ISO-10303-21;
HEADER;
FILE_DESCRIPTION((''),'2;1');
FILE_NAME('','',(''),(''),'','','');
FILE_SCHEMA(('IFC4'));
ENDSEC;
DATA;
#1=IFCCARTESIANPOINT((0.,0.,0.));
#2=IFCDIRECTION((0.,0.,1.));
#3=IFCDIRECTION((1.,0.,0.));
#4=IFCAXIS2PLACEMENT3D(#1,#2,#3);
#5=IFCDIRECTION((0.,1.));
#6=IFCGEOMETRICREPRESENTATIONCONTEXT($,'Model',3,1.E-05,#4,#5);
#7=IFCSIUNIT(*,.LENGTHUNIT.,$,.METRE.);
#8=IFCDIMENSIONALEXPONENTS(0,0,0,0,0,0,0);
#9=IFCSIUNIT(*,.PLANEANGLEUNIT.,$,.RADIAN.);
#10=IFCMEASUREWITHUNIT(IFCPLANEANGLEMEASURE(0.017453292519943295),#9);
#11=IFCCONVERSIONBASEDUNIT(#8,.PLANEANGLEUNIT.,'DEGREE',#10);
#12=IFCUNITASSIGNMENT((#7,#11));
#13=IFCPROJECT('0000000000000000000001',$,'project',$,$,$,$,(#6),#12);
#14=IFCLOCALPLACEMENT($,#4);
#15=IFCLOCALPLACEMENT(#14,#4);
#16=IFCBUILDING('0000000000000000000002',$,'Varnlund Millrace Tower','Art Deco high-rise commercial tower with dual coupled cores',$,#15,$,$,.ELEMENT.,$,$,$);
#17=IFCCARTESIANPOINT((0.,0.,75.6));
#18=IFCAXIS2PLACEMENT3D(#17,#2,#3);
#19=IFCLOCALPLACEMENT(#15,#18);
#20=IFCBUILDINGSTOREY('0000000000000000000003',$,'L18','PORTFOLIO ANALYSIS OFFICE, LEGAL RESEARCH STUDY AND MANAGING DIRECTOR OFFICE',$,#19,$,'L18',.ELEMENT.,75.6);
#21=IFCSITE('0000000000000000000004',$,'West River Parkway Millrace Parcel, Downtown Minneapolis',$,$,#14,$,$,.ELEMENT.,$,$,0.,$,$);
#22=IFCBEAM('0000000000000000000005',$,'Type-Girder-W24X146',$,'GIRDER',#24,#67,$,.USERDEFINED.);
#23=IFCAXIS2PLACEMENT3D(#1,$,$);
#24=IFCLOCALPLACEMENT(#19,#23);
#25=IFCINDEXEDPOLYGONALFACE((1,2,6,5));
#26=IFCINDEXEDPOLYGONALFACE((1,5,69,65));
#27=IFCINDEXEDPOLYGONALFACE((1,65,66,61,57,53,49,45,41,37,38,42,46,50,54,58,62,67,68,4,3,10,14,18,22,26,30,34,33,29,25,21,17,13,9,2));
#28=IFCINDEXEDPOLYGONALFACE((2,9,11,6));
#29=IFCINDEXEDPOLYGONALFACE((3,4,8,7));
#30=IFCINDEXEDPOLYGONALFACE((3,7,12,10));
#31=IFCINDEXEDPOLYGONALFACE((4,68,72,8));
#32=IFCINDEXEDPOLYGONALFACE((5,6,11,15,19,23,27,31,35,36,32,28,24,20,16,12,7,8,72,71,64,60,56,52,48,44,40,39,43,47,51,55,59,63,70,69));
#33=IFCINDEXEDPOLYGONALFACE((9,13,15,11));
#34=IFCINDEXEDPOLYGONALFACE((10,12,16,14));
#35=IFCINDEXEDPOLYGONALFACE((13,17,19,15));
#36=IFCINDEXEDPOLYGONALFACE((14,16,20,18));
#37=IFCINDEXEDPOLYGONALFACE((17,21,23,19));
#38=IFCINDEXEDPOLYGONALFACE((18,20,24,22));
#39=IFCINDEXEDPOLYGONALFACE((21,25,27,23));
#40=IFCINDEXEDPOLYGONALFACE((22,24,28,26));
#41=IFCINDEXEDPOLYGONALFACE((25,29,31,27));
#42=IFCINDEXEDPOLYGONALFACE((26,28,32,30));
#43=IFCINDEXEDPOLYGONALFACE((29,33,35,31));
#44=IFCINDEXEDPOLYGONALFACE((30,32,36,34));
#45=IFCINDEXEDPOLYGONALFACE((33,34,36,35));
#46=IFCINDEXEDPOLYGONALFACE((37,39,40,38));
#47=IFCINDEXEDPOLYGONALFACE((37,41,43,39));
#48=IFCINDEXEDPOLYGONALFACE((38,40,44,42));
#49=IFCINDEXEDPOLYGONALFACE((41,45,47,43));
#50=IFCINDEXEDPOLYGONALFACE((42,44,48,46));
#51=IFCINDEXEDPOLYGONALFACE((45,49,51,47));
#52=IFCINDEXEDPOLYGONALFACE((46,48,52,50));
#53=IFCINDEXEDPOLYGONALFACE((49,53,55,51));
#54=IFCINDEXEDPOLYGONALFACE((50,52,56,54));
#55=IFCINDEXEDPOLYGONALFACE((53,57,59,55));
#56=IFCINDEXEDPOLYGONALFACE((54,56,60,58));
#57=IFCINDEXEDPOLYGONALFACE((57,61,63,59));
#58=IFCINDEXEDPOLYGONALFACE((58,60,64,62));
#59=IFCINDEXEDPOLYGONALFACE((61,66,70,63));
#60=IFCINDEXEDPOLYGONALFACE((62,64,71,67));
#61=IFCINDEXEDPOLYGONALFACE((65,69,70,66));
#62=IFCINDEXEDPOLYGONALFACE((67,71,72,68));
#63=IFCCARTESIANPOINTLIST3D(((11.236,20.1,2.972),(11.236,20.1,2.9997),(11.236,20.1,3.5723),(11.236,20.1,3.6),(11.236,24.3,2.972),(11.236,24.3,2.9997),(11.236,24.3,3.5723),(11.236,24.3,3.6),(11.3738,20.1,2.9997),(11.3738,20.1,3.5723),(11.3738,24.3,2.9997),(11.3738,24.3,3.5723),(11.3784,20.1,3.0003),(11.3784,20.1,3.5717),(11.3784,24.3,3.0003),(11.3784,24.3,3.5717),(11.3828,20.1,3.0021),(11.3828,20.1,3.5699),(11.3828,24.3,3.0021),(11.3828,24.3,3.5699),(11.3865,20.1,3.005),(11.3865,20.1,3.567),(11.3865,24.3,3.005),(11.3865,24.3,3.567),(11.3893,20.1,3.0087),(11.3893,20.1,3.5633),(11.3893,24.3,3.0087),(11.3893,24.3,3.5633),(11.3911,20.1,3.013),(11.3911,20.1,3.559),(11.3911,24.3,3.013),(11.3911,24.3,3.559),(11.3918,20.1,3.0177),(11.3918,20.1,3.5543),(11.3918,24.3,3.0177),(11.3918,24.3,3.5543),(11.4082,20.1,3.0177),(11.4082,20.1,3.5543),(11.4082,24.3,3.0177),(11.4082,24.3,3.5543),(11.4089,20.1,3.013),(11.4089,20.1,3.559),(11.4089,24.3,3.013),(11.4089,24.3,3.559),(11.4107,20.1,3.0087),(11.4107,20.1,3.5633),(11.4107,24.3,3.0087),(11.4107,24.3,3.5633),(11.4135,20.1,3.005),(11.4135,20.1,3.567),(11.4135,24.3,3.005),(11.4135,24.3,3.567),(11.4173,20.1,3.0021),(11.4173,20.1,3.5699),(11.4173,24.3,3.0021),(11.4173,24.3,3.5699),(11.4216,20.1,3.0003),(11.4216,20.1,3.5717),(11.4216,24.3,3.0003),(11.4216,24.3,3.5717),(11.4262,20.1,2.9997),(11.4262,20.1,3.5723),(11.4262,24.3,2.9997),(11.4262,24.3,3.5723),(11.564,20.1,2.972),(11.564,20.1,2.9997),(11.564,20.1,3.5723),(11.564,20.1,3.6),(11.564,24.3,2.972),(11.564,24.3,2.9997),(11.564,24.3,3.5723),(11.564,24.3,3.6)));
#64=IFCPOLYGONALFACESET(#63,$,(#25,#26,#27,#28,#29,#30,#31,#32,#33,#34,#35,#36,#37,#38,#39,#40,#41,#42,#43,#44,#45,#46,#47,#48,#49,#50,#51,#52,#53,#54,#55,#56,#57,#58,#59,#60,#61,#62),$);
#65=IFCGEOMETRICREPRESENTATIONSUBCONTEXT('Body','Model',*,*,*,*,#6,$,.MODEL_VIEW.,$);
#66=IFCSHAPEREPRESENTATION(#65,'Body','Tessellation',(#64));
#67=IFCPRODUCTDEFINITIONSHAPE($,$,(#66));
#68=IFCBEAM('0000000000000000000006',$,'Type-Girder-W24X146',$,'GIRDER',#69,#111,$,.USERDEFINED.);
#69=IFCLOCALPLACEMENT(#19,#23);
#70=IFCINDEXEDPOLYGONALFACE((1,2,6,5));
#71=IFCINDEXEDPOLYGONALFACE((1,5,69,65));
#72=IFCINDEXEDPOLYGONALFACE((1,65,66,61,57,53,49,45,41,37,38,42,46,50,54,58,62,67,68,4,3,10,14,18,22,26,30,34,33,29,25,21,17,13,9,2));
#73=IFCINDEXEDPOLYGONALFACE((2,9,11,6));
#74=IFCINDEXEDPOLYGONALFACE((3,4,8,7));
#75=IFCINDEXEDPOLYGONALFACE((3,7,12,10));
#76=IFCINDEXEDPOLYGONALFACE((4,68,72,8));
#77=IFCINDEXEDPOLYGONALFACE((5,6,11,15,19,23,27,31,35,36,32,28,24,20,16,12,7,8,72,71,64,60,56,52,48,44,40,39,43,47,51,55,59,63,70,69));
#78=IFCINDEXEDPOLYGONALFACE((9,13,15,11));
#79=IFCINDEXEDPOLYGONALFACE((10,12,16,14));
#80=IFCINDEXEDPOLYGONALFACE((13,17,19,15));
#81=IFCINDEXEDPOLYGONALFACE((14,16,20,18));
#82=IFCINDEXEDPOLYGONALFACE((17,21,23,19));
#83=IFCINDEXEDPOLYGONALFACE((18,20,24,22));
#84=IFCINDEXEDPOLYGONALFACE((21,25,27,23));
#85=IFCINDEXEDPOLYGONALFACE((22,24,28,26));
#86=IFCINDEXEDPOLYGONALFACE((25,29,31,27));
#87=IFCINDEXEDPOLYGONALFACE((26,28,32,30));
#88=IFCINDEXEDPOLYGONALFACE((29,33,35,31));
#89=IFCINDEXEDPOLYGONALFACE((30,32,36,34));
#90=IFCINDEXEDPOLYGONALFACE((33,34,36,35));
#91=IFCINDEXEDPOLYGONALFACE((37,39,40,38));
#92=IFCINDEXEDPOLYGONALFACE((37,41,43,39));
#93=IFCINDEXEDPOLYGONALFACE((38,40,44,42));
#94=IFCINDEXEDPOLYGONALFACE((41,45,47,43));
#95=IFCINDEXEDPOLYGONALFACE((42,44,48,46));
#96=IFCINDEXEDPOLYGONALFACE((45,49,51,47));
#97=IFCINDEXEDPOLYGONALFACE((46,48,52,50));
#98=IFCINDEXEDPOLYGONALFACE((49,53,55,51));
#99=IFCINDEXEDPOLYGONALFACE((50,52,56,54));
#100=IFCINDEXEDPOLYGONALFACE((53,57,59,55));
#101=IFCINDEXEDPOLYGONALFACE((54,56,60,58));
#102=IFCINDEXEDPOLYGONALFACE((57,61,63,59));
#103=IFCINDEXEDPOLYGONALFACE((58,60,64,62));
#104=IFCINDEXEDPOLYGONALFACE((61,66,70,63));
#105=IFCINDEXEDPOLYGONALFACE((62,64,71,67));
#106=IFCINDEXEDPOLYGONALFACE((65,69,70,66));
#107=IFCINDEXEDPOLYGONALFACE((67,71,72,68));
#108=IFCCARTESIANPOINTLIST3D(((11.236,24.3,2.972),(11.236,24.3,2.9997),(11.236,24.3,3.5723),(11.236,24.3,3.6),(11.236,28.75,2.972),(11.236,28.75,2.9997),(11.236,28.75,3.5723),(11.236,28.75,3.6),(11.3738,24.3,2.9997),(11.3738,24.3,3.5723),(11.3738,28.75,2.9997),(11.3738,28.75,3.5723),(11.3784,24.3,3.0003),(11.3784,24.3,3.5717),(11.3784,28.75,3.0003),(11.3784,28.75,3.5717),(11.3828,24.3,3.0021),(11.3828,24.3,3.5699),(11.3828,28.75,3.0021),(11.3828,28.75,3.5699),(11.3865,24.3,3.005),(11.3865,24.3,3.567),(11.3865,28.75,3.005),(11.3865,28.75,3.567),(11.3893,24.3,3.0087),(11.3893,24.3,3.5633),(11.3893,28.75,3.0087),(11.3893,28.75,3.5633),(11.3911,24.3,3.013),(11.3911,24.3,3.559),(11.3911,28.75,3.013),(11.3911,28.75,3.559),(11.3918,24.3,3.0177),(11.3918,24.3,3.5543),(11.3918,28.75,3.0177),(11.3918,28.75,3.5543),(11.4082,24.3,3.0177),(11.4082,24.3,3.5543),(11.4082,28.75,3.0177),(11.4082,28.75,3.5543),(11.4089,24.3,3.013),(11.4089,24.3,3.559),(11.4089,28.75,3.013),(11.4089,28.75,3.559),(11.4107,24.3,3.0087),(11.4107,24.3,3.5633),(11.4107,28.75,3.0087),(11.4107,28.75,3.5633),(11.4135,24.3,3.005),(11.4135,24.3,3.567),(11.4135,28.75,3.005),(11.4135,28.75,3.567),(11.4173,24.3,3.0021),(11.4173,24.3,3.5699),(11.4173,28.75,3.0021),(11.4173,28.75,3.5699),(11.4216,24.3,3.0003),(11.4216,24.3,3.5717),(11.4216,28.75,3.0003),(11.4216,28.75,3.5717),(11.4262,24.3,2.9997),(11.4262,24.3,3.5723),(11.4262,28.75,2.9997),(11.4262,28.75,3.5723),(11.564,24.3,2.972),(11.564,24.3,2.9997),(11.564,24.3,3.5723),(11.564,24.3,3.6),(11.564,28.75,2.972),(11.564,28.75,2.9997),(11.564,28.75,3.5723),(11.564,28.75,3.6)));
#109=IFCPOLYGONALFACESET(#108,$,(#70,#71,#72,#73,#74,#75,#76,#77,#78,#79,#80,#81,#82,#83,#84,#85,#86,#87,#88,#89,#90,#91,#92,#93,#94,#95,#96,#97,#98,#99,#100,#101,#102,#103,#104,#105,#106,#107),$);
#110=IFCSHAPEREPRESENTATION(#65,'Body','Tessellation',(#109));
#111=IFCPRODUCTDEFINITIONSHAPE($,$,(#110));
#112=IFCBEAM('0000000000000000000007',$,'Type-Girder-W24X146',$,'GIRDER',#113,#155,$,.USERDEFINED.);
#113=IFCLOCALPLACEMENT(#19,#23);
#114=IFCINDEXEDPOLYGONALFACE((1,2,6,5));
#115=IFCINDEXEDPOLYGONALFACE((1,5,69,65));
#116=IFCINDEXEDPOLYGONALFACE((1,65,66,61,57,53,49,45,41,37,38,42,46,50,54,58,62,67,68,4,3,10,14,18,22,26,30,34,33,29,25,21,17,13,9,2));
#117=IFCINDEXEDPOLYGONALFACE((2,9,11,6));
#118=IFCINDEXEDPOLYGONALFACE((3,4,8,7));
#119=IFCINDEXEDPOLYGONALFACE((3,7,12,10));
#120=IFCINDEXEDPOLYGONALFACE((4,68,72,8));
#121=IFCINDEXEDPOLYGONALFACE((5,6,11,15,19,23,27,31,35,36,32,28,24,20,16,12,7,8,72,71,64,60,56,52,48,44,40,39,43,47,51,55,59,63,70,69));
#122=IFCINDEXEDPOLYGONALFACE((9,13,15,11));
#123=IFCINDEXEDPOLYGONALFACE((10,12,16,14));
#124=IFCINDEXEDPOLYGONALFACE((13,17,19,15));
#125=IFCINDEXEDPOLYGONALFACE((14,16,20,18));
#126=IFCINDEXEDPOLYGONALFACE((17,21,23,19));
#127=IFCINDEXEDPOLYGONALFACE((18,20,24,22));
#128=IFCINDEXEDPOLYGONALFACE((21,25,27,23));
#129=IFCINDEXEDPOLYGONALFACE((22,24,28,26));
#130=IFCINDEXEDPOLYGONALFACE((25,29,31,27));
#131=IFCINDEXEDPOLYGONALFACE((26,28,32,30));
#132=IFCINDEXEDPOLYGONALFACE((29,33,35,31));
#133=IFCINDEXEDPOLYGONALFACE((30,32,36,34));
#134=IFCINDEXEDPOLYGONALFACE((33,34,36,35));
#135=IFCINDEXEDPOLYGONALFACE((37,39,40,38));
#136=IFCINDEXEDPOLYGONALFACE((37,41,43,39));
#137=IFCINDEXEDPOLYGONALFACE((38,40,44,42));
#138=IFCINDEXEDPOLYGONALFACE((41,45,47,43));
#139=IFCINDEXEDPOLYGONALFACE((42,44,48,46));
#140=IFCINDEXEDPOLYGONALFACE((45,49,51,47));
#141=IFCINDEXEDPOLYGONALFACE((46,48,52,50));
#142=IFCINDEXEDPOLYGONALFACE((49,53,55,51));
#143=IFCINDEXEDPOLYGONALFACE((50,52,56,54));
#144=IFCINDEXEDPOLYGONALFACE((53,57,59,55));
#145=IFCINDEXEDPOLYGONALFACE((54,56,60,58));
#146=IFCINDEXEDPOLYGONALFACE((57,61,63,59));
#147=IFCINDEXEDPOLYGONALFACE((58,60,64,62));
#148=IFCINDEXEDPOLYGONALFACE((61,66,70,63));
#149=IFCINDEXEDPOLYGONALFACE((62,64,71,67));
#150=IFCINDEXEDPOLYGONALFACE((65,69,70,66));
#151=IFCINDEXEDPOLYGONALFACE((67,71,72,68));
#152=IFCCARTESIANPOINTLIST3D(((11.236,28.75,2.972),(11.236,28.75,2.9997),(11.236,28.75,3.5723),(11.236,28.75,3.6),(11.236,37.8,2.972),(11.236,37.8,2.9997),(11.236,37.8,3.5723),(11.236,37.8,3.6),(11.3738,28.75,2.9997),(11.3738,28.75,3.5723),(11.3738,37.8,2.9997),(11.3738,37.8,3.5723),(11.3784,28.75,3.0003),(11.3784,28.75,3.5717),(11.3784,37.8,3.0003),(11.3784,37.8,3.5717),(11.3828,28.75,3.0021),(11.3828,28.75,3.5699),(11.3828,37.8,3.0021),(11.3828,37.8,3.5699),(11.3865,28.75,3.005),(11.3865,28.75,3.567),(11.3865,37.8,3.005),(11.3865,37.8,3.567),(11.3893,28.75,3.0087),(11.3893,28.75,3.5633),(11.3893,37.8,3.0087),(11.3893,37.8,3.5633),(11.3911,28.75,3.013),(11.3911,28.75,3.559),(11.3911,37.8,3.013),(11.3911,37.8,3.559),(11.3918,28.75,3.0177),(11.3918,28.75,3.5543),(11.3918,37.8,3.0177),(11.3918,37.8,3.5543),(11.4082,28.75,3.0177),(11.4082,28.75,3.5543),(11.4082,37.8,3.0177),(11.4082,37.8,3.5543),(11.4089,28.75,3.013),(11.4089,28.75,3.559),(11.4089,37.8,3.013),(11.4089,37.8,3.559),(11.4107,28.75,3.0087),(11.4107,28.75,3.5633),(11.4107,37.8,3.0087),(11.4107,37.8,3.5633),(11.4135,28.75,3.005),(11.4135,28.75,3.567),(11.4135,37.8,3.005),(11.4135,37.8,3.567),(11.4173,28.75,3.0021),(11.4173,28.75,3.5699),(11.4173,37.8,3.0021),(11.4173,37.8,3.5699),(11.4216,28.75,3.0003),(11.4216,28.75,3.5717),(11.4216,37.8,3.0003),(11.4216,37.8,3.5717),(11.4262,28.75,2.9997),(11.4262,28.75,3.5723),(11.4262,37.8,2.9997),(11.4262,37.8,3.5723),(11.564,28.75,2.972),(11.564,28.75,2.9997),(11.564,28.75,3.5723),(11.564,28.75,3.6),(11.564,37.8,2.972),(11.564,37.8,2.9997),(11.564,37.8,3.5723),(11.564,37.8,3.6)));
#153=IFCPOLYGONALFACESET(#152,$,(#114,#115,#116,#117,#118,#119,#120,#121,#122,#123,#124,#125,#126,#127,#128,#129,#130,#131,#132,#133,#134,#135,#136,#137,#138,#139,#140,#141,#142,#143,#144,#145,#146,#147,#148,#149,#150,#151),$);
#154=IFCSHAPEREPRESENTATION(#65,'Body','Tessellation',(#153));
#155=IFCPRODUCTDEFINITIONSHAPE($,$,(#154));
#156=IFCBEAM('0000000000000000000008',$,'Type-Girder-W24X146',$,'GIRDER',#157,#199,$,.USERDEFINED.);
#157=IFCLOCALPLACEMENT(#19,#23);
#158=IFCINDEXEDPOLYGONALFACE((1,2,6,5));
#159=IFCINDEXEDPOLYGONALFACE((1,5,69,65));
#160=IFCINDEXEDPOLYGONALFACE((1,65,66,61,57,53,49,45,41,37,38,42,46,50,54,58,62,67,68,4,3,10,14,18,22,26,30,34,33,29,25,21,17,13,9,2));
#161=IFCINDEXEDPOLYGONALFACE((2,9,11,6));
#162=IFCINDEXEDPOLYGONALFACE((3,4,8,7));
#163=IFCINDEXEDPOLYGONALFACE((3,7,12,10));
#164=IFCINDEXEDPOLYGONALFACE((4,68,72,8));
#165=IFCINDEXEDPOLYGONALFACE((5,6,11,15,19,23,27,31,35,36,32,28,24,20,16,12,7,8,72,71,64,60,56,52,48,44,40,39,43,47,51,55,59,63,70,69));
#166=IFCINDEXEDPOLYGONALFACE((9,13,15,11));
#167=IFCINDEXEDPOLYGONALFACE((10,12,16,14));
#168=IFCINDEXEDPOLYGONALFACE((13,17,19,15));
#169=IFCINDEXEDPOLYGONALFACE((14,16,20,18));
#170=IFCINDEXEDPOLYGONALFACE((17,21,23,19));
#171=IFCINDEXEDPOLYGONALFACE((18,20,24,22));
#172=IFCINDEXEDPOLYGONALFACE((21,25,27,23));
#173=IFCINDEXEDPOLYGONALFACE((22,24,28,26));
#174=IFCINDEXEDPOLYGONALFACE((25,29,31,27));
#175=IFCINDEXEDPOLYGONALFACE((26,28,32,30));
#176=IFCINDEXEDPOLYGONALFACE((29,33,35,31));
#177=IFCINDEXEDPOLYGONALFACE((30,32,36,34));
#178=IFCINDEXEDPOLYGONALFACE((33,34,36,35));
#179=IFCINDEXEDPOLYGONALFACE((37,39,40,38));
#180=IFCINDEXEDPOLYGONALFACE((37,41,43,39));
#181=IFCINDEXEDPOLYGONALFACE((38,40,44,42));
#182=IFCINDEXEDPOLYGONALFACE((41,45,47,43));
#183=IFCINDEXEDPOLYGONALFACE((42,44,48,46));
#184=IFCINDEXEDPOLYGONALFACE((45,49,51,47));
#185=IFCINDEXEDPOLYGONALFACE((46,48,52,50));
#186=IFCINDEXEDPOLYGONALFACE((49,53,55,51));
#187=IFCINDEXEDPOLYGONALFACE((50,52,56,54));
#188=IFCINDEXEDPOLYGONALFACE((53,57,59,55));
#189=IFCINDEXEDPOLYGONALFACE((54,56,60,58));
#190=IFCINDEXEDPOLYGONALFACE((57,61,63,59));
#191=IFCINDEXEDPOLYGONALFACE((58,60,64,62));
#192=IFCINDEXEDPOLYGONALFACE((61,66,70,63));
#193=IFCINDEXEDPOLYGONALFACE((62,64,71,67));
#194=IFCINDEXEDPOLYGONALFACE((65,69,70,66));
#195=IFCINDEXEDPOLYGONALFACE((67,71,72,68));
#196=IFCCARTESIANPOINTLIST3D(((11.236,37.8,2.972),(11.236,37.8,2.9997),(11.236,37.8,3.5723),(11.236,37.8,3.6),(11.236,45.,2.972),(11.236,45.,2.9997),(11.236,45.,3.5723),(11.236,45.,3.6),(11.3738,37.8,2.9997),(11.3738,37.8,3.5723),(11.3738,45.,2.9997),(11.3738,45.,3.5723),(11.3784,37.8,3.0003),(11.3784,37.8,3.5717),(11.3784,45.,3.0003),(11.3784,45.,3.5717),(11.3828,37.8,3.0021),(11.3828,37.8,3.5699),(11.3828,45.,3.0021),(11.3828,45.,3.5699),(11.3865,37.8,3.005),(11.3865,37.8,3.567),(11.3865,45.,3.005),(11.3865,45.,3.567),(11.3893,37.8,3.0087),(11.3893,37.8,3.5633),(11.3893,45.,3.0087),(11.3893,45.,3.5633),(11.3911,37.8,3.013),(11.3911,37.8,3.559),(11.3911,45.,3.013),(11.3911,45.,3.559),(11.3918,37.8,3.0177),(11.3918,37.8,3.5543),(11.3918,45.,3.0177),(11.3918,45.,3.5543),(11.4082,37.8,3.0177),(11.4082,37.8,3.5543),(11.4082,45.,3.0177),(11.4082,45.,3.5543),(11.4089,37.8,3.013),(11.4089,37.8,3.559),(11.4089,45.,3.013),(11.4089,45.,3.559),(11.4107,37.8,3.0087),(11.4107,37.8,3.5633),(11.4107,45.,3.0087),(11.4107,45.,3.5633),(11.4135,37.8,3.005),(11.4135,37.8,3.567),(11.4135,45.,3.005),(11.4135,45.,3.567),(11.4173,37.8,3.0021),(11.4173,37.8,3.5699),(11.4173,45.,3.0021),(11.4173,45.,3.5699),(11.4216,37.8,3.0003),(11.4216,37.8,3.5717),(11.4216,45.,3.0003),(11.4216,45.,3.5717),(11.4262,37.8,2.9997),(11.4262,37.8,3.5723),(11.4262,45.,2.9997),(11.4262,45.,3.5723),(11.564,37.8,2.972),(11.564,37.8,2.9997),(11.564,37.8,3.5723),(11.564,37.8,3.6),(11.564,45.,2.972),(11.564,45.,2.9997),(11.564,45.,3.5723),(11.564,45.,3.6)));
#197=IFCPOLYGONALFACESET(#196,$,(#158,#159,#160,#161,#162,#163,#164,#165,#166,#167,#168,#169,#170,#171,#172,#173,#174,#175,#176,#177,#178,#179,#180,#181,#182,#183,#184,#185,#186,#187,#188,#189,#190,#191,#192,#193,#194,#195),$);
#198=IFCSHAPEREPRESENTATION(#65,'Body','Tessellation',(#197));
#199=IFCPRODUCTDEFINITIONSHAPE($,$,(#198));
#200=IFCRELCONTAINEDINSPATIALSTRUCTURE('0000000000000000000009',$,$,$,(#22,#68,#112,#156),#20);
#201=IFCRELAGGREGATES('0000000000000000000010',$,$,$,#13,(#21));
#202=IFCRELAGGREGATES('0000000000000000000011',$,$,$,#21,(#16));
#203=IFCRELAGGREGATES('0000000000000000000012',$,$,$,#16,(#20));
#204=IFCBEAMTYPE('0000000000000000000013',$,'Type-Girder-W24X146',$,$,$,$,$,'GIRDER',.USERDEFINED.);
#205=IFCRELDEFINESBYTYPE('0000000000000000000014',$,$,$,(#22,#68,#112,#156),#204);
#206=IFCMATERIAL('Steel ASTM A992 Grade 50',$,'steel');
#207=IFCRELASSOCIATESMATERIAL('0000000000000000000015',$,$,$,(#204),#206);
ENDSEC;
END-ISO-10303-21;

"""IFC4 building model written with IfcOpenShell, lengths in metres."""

from ifc_helpers import new_model, entity, si_unit, converted_unit, direction, frame, origin_with_axes, origin_2d_with_axis, place, context, subcontext, project, spatial, i_section, extrude, material, material_profile, profile_set, type_object, element, save


model = new_model("IFC4")

# Units and contexts
model_context = context("Model", 3, precision=1e-05, world=origin_with_axes(), true_north=direction((0.0, 1.0)))
body_context = subcontext(model_context, "Body", "Model", "MODEL_VIEW")
ifc_project = project(units=[si_unit("LENGTHUNIT", "METRE"), converted_unit("PLANEANGLEUNIT", "DEGREE", entity("IfcPlaneAngleMeasure", 0.017453292519943295), si_unit("PLANEANGLEUNIT", "RADIAN"), dimensions=[0, 0, 0, 0, 0, 0, 0])], contexts=[model_context])

# Site, building, storey
site_placement = place(None, origin_with_axes())
site = spatial("IfcSite", under=ifc_project, at=site_placement, Name="West River Parkway Millrace Parcel, Downtown Minneapolis", CompositionType="ELEMENT", RefElevation=0.0)
building_placement = place(site_placement, origin_with_axes())
building = spatial("IfcBuilding", under=site, at=building_placement, Name="Varnlund Millrace Tower", Description="Art Deco high-rise commercial tower with dual coupled cores", CompositionType="ELEMENT")
storey_placement = place(building_placement, frame((0.0, 0.0, 75.6), z_axis=(0.0, 0.0, 1.0), x_axis=(1.0, 0.0, 0.0)))
storey = spatial("IfcBuildingStorey", under=building, at=storey_placement, Name="L18", Description="PORTFOLIO ANALYSIS OFFICE, LEGAL RESEARCH STUDY AND MANAGING DIRECTOR OFFICE", LongName="L18", CompositionType="ELEMENT", Elevation=75.6)

# Beams
ifc_material_1 = material(Name="Steel ASTM A992 Grade 50", Category="steel")
ifc_material_profile_1 = material_profile(ifc_material_1, i_section(OverallWidth=0.328, OverallDepth=0.628, WebThickness=0.0165, FlangeThickness=0.0277, FilletRadius=0.018, at=origin_2d_with_axis()), Name="Steel ASTM A992 Grade 50")
ifc_profile_set_1 = profile_set([ifc_material_profile_1], Name="Steel ASTM A992 Grade 50")
beam_type_1 = type_object("IfcBeamType", Name="Type-Girder-W24X146", ElementType="GIRDER", PredefinedType="USERDEFINED", material=ifc_profile_set_1)
beam_1_placement = place(storey_placement, frame((11.4, 20.1, 3.286), z_axis=(0.0, 1.0, 0.0), x_axis=(-1.0, 0.0, 0.0)))
element("IfcBeam", 1, at=beam_1_placement, inside=storey, type_object=beam_type_1, Name="Type-Girder-W24X146", ObjectType="GIRDER", PredefinedType="USERDEFINED", context=body_context, shape_type="SweptSolid", body=[
    extrude(i_section(OverallWidth=0.328, OverallDepth=0.628, WebThickness=0.0165, FlangeThickness=0.0277, FilletRadius=0.018, at=origin_2d_with_axis()), origin_with_axes(), (0.0, 0.0, 1.0), 4.2),
])
beam_2_placement = place(storey_placement, frame((11.4, 24.3, 3.286), z_axis=(0.0, 1.0, 0.0), x_axis=(-1.0, 0.0, 0.0)))
element("IfcBeam", 2, at=beam_2_placement, inside=storey, type_object=beam_type_1, Name="Type-Girder-W24X146", ObjectType="GIRDER", PredefinedType="USERDEFINED", context=body_context, shape_type="SweptSolid", body=[
    extrude(i_section(OverallWidth=0.328, OverallDepth=0.628, WebThickness=0.0165, FlangeThickness=0.0277, FilletRadius=0.018, at=origin_2d_with_axis()), origin_with_axes(), (0.0, 0.0, 1.0), 4.45),
])
beam_3_placement = place(storey_placement, frame((11.4, 28.75, 3.286), z_axis=(0.0, 1.0, 0.0), x_axis=(-1.0, 0.0, 0.0)))
element("IfcBeam", 3, at=beam_3_placement, inside=storey, type_object=beam_type_1, Name="Type-Girder-W24X146", ObjectType="GIRDER", PredefinedType="USERDEFINED", context=body_context, shape_type="SweptSolid", body=[
    extrude(i_section(OverallWidth=0.328, OverallDepth=0.628, WebThickness=0.0165, FlangeThickness=0.0277, FilletRadius=0.018, at=origin_2d_with_axis()), origin_with_axes(), (0.0, 0.0, 1.0), 9.05),
])
beam_4_placement = place(storey_placement, frame((11.4, 37.8, 3.286), z_axis=(0.0, 1.0, 0.0), x_axis=(-1.0, 0.0, 0.0)))
element("IfcBeam", 4, at=beam_4_placement, inside=storey, type_object=beam_type_1, Name="Type-Girder-W24X146", ObjectType="GIRDER", PredefinedType="USERDEFINED", context=body_context, shape_type="SweptSolid", body=[
    extrude(i_section(OverallWidth=0.328, OverallDepth=0.628, WebThickness=0.0165, FlangeThickness=0.0277, FilletRadius=0.018, at=origin_2d_with_axis()), origin_with_axes(), (0.0, 0.0, 1.0), 7.2),
])

save(model, "model.ifc")
